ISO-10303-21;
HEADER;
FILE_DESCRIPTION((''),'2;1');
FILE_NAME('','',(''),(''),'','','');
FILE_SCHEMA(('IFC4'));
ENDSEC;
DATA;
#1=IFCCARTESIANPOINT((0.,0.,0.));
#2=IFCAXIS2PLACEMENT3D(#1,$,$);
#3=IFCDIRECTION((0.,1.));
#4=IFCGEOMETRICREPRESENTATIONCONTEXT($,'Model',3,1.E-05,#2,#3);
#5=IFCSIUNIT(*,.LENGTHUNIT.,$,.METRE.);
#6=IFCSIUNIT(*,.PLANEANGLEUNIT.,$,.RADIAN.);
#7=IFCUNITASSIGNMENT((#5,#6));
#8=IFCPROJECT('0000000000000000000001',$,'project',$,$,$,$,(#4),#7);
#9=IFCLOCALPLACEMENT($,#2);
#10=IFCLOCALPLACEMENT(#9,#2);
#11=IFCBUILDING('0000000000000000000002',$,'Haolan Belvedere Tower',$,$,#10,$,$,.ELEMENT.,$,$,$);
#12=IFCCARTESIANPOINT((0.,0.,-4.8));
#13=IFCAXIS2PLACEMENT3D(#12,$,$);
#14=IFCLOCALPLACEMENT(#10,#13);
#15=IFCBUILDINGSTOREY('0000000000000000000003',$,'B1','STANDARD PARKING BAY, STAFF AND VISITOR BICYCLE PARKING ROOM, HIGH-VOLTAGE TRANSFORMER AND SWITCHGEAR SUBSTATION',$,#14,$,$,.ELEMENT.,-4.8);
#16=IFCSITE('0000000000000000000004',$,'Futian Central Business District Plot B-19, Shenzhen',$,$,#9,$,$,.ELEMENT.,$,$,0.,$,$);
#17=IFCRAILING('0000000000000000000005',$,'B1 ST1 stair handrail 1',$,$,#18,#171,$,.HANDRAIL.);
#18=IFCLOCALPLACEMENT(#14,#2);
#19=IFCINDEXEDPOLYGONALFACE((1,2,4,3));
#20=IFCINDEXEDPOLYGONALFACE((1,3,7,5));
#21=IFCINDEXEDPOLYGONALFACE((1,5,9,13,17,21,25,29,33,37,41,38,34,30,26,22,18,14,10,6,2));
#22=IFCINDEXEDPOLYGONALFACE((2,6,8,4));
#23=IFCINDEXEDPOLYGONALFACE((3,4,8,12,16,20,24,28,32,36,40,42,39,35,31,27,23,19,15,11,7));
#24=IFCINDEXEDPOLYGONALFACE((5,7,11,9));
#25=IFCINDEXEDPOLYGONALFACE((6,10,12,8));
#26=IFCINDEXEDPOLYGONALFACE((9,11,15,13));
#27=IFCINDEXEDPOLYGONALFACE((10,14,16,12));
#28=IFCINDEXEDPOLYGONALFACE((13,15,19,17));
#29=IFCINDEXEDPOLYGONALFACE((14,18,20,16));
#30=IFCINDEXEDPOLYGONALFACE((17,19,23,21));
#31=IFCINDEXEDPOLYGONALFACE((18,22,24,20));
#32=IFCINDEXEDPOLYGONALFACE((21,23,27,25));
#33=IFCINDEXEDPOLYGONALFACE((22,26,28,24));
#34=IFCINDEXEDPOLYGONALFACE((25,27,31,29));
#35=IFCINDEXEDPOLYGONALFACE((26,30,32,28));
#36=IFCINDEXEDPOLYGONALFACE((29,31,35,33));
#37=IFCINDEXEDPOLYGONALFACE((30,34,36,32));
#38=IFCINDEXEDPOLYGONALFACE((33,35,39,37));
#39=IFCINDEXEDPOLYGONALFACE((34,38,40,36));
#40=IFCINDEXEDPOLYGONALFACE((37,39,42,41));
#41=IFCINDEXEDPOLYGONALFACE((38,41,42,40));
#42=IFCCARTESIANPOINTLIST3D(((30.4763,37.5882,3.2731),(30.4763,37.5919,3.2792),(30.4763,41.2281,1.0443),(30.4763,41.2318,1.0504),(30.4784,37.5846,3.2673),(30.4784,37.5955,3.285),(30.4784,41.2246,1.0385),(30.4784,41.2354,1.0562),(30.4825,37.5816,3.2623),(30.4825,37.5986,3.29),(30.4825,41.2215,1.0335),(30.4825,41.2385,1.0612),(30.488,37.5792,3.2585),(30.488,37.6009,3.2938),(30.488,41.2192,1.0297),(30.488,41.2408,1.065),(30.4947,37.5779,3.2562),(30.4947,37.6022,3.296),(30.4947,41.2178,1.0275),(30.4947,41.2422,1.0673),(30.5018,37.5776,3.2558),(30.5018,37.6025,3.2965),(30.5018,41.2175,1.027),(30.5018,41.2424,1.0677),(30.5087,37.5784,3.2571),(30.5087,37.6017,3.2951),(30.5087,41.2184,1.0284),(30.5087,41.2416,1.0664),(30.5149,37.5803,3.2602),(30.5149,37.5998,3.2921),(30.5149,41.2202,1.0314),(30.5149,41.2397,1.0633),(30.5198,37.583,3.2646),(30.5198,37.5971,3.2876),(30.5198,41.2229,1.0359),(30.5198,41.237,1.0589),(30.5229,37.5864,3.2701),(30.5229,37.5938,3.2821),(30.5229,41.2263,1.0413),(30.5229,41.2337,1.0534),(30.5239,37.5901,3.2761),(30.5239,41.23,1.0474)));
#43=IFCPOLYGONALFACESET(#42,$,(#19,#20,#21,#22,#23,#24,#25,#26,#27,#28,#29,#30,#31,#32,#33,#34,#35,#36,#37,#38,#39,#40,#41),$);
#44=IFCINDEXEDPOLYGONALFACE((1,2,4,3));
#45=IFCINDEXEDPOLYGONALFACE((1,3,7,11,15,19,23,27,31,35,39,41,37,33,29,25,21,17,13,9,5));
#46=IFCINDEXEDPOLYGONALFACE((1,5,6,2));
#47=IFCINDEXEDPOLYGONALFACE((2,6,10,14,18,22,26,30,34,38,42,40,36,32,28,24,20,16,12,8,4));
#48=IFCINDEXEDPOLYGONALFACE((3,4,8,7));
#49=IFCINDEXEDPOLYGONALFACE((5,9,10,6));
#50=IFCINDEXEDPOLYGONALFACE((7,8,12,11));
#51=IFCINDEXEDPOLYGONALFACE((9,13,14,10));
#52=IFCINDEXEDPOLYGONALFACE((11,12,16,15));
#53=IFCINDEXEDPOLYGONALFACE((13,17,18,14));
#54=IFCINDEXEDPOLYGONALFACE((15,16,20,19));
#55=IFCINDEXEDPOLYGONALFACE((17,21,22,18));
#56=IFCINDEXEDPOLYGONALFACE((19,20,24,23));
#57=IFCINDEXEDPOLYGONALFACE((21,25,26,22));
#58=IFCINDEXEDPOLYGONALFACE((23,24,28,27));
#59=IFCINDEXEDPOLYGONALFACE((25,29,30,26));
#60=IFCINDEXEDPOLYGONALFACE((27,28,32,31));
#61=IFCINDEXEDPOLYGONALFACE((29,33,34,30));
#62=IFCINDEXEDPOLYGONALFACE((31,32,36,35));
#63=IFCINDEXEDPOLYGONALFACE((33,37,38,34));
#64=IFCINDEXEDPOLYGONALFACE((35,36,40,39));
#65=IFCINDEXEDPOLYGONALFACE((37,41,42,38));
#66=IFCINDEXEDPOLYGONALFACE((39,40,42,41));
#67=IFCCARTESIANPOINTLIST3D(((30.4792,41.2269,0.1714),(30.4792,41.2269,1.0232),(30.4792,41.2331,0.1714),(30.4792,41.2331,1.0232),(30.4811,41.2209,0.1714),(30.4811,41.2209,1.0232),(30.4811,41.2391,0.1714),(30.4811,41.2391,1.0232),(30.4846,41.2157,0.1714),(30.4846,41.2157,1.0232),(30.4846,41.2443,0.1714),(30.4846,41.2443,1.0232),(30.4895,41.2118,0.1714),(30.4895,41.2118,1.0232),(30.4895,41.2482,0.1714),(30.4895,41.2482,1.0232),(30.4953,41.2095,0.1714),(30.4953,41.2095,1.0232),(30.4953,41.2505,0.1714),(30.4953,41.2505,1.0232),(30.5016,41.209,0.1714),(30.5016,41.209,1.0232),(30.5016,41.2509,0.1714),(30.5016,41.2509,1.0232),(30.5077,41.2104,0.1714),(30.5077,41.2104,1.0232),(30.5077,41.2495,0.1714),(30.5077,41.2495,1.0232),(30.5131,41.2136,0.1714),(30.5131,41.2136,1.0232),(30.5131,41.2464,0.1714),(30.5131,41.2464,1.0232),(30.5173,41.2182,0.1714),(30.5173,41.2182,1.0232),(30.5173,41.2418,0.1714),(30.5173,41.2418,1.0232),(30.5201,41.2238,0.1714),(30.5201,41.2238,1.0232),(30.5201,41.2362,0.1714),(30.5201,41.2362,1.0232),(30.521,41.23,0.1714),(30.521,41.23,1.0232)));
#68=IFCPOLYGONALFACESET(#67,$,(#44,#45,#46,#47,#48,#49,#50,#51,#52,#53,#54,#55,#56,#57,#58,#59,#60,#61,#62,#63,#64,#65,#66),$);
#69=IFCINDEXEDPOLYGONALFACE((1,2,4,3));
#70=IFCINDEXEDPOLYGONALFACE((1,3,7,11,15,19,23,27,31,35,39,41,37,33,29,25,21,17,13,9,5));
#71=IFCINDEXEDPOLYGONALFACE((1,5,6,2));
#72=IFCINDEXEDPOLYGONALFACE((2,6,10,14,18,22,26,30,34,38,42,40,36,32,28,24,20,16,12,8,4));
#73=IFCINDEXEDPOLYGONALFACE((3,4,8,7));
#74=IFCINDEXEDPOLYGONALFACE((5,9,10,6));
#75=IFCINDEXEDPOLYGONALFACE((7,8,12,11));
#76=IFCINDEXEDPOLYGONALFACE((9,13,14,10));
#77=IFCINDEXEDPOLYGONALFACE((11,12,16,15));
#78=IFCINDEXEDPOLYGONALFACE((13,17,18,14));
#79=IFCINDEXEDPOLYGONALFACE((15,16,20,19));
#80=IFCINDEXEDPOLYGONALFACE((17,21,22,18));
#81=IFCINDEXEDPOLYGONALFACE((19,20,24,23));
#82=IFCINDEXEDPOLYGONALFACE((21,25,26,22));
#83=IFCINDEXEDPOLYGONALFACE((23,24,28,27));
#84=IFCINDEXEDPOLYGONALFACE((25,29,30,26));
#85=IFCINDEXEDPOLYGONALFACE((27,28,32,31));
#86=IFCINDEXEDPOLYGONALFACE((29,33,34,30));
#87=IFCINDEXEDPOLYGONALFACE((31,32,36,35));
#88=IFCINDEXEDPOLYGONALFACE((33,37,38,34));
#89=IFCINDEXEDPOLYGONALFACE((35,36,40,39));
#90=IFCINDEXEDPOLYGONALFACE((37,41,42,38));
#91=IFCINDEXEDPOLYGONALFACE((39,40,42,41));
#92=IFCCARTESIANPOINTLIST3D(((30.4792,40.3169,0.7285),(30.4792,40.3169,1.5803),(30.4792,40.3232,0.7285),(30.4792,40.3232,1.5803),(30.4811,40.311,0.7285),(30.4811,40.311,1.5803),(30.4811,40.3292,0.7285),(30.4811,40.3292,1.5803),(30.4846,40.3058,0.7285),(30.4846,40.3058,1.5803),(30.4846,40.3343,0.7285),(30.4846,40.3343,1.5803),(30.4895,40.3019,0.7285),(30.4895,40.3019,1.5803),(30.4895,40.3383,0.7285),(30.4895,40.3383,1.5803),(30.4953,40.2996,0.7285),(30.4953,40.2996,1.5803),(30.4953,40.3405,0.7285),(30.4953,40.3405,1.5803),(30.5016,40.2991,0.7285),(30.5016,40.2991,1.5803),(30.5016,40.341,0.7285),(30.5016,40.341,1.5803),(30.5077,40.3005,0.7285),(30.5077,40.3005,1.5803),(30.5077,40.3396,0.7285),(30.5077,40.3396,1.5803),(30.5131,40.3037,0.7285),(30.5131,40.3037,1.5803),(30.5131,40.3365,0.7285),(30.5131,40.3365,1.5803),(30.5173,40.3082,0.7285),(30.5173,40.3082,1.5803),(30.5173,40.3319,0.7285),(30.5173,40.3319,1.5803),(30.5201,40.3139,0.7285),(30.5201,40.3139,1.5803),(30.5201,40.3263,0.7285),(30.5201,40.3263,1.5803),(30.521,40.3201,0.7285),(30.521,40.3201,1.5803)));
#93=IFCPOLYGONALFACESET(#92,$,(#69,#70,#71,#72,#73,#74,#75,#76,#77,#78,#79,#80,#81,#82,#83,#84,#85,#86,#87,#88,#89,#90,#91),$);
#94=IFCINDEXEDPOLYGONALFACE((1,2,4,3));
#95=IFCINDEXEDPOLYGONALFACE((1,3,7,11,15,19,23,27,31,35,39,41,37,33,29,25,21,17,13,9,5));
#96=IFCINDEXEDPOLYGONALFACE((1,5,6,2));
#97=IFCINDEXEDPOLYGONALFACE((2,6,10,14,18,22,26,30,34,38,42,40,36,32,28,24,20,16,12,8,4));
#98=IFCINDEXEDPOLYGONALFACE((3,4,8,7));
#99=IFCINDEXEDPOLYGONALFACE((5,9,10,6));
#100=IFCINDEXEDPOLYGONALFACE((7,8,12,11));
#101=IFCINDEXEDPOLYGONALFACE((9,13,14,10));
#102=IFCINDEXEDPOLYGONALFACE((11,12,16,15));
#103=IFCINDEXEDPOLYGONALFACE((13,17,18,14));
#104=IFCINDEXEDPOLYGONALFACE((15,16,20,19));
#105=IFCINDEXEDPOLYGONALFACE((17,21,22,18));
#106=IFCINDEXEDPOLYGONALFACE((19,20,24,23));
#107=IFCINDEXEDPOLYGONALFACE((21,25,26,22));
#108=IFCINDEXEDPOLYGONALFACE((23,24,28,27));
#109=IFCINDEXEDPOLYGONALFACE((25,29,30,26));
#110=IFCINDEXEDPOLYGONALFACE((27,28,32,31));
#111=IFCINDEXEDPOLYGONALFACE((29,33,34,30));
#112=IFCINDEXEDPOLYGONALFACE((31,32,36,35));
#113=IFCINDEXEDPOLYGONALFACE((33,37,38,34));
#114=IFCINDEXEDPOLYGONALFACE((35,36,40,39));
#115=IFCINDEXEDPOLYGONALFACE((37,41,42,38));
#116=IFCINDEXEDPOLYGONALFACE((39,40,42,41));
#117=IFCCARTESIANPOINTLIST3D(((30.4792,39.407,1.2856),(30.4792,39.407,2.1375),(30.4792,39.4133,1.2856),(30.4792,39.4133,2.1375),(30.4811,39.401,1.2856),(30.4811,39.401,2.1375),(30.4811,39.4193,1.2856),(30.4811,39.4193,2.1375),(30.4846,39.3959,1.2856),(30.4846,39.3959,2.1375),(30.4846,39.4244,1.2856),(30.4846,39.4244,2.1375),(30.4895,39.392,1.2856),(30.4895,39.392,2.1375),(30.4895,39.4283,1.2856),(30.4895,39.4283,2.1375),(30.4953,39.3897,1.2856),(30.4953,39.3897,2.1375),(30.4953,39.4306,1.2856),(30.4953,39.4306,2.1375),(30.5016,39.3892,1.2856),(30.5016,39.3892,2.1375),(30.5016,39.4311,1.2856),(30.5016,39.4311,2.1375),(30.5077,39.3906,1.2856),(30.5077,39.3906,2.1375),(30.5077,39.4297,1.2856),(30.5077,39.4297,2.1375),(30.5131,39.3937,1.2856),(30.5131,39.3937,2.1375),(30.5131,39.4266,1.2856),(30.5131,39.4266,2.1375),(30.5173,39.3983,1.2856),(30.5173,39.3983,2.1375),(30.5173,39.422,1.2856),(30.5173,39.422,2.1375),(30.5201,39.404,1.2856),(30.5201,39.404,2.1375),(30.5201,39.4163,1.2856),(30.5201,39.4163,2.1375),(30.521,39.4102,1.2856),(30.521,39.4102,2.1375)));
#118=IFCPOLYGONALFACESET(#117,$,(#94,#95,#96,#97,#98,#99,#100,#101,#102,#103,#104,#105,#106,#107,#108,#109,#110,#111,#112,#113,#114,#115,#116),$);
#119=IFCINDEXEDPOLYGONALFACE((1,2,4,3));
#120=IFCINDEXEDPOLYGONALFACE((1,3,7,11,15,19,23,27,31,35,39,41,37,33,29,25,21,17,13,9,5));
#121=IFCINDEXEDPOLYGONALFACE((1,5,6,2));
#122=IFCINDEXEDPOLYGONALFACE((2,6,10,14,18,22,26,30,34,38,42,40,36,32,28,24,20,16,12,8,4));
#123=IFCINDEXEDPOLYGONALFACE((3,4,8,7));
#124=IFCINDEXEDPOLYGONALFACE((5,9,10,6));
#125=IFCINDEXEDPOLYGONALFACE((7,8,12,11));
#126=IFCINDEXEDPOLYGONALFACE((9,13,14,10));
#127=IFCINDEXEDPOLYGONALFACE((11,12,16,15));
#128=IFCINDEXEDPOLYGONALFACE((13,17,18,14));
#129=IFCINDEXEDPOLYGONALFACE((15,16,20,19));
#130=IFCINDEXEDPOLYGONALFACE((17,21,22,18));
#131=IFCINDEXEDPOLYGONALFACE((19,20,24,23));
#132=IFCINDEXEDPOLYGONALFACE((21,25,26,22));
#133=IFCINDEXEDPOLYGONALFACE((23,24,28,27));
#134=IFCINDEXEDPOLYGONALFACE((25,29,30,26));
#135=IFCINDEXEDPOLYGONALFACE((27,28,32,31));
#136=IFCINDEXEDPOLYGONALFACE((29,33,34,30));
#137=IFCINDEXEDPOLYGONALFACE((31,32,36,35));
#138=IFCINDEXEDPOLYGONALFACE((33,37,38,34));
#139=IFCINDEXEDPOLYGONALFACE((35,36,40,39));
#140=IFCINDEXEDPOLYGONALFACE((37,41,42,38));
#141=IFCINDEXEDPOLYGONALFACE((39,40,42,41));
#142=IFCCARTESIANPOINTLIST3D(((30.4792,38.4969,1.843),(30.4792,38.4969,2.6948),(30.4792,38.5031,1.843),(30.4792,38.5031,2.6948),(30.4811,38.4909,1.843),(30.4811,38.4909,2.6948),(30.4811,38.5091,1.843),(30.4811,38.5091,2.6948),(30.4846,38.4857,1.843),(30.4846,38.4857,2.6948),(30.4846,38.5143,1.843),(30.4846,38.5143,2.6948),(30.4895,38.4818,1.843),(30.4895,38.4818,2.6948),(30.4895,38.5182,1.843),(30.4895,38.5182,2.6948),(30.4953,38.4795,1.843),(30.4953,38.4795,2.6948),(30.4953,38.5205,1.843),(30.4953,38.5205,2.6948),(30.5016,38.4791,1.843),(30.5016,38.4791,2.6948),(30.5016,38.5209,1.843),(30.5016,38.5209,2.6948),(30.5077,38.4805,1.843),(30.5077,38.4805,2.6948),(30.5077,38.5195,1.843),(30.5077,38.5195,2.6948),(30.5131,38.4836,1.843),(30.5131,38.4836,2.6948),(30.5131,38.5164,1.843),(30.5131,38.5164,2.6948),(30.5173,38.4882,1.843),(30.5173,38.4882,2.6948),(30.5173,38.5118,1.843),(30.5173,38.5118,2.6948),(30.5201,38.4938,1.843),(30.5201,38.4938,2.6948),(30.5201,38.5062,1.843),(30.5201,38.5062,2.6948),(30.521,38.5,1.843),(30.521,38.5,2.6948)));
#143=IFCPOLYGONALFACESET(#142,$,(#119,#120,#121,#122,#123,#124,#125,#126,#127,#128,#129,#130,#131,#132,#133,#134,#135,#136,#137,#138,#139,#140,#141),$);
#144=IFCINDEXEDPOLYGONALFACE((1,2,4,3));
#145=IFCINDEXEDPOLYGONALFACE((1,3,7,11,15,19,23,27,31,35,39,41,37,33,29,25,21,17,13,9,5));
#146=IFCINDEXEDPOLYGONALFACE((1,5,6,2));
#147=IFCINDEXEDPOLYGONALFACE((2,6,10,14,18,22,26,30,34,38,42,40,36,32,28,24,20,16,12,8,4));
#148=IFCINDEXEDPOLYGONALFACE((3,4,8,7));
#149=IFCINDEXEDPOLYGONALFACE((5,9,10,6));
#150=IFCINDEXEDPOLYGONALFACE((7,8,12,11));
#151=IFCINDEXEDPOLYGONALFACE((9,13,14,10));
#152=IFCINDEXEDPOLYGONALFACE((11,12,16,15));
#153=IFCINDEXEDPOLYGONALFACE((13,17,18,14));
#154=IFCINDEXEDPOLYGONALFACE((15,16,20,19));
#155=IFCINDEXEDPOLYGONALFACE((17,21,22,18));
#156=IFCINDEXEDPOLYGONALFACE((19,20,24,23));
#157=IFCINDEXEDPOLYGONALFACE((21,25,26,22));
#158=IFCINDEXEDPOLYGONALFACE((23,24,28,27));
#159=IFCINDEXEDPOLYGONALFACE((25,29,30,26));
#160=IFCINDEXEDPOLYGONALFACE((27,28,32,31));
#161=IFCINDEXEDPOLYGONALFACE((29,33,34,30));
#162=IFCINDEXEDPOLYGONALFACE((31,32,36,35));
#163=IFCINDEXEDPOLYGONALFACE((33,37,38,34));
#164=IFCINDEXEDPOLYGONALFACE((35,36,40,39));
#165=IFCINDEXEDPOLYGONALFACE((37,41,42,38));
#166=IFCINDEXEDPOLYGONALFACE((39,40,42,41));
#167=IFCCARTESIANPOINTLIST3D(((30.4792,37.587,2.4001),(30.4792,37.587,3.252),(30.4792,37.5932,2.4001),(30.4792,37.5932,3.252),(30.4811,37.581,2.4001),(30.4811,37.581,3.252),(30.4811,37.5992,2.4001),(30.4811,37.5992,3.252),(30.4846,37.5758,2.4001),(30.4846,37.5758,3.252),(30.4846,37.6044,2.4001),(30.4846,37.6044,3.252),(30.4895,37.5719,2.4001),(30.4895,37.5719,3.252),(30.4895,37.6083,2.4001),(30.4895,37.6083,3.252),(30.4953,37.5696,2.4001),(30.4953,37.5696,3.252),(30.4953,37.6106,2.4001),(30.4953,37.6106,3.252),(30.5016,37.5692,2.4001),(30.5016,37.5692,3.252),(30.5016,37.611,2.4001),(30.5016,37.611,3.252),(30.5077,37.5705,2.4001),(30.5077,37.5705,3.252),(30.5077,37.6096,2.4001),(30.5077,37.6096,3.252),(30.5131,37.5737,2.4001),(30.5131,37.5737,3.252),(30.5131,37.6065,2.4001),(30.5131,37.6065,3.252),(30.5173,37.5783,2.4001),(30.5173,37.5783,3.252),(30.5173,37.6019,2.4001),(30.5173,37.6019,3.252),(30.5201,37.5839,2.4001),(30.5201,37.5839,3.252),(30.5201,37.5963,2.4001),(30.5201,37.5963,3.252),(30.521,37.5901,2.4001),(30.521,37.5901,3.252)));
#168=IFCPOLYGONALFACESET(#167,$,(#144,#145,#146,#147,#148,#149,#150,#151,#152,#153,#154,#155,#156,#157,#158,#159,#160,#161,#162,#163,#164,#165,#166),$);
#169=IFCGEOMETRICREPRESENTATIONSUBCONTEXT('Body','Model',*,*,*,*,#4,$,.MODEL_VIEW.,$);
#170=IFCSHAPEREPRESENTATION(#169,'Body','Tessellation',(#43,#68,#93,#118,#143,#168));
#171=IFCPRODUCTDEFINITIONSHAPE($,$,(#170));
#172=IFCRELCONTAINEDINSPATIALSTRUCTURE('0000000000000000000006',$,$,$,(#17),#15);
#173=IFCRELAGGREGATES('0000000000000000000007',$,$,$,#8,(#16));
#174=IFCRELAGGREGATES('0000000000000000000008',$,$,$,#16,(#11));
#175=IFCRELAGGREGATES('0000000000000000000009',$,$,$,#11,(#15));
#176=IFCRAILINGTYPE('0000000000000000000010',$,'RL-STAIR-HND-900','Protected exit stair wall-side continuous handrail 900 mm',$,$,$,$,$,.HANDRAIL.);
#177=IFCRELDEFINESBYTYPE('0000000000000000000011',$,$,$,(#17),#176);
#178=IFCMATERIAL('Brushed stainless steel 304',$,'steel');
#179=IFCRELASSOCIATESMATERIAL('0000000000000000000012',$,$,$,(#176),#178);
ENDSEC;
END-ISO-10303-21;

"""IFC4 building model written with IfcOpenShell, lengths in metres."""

from ifc_helpers import new_model, si_unit, direction, frame, origin, origin_2d, place, context, subcontext, project, spatial, circle, extrude, material, type_object, element, save


model = new_model("IFC4")

# Units and contexts
model_context = context("Model", 3, precision=1e-05, world=origin(), true_north=direction((0.0, 1.0)))
body_context = subcontext(model_context, "Body", "Model", "MODEL_VIEW")
ifc_project = project(units=[si_unit("LENGTHUNIT", "METRE"), si_unit("PLANEANGLEUNIT", "RADIAN")], contexts=[model_context])

# Site, building, storey
site_placement = place(None, origin())
site = spatial("IfcSite", under=ifc_project, at=site_placement, Name="Futian Central Business District Plot B-19, Shenzhen", CompositionType="ELEMENT", RefElevation=0.0)
building_placement = place(site_placement, origin())
building = spatial("IfcBuilding", under=site, at=building_placement, Name="Haolan Belvedere Tower", CompositionType="ELEMENT")
storey_placement = place(building_placement, frame((0.0, 0.0, -4.8)))
storey = spatial("IfcBuildingStorey", under=building, at=storey_placement, Name="B1", Description="STANDARD PARKING BAY, STAFF AND VISITOR BICYCLE PARKING ROOM, HIGH-VOLTAGE TRANSFORMER AND SWITCHGEAR SUBSTATION", CompositionType="ELEMENT", Elevation=-4.8)

# Railing
ifc_material_1 = material(Name="Brushed stainless steel 304", Category="steel")
railing_type_1 = type_object("IfcRailingType", Name="RL-STAIR-HND-900", Description="Protected exit stair wall-side continuous handrail 900 mm", PredefinedType="HANDRAIL", material=ifc_material_1)
railing_1_placement = place(storey_placement, frame((30.5, 41.23, 0.1714)))
element("IfcRailing", 1, at=railing_1_placement, inside=storey, type_object=railing_type_1, Name="B1 ST1 stair handrail 1", PredefinedType="HANDRAIL", context=body_context, shape_type="SweptSolid", body=[
    extrude(circle(Radius=0.0239, at=origin_2d()), frame((0.0, 0.0, 0.876), z_axis=(0.0, -0.852825, 0.522197), x_axis=(1.0, 0.0, 0.0)), (0.0, 0.0, 1.0), 4.2681),
    extrude(circle(Radius=0.021, at=origin_2d()), origin(), (0.0, 0.0, 1.0), 0.8518),
    extrude(circle(Radius=0.021, at=origin_2d()), frame((0.0, -0.9099, 0.5571)), (0.0, 0.0, 1.0), 0.8518),
    extrude(circle(Radius=0.021, at=origin_2d()), frame((0.0, -1.8198, 1.1143)), (0.0, 0.0, 1.0), 0.8518),
    extrude(circle(Radius=0.021, at=origin_2d()), frame((0.0, -2.73, 1.6716)), (0.0, 0.0, 1.0), 0.8518),
    extrude(circle(Radius=0.021, at=origin_2d()), frame((0.0, -3.6399, 2.2288)), (0.0, 0.0, 1.0), 0.8518),
])

save(model, "model.ifc")
